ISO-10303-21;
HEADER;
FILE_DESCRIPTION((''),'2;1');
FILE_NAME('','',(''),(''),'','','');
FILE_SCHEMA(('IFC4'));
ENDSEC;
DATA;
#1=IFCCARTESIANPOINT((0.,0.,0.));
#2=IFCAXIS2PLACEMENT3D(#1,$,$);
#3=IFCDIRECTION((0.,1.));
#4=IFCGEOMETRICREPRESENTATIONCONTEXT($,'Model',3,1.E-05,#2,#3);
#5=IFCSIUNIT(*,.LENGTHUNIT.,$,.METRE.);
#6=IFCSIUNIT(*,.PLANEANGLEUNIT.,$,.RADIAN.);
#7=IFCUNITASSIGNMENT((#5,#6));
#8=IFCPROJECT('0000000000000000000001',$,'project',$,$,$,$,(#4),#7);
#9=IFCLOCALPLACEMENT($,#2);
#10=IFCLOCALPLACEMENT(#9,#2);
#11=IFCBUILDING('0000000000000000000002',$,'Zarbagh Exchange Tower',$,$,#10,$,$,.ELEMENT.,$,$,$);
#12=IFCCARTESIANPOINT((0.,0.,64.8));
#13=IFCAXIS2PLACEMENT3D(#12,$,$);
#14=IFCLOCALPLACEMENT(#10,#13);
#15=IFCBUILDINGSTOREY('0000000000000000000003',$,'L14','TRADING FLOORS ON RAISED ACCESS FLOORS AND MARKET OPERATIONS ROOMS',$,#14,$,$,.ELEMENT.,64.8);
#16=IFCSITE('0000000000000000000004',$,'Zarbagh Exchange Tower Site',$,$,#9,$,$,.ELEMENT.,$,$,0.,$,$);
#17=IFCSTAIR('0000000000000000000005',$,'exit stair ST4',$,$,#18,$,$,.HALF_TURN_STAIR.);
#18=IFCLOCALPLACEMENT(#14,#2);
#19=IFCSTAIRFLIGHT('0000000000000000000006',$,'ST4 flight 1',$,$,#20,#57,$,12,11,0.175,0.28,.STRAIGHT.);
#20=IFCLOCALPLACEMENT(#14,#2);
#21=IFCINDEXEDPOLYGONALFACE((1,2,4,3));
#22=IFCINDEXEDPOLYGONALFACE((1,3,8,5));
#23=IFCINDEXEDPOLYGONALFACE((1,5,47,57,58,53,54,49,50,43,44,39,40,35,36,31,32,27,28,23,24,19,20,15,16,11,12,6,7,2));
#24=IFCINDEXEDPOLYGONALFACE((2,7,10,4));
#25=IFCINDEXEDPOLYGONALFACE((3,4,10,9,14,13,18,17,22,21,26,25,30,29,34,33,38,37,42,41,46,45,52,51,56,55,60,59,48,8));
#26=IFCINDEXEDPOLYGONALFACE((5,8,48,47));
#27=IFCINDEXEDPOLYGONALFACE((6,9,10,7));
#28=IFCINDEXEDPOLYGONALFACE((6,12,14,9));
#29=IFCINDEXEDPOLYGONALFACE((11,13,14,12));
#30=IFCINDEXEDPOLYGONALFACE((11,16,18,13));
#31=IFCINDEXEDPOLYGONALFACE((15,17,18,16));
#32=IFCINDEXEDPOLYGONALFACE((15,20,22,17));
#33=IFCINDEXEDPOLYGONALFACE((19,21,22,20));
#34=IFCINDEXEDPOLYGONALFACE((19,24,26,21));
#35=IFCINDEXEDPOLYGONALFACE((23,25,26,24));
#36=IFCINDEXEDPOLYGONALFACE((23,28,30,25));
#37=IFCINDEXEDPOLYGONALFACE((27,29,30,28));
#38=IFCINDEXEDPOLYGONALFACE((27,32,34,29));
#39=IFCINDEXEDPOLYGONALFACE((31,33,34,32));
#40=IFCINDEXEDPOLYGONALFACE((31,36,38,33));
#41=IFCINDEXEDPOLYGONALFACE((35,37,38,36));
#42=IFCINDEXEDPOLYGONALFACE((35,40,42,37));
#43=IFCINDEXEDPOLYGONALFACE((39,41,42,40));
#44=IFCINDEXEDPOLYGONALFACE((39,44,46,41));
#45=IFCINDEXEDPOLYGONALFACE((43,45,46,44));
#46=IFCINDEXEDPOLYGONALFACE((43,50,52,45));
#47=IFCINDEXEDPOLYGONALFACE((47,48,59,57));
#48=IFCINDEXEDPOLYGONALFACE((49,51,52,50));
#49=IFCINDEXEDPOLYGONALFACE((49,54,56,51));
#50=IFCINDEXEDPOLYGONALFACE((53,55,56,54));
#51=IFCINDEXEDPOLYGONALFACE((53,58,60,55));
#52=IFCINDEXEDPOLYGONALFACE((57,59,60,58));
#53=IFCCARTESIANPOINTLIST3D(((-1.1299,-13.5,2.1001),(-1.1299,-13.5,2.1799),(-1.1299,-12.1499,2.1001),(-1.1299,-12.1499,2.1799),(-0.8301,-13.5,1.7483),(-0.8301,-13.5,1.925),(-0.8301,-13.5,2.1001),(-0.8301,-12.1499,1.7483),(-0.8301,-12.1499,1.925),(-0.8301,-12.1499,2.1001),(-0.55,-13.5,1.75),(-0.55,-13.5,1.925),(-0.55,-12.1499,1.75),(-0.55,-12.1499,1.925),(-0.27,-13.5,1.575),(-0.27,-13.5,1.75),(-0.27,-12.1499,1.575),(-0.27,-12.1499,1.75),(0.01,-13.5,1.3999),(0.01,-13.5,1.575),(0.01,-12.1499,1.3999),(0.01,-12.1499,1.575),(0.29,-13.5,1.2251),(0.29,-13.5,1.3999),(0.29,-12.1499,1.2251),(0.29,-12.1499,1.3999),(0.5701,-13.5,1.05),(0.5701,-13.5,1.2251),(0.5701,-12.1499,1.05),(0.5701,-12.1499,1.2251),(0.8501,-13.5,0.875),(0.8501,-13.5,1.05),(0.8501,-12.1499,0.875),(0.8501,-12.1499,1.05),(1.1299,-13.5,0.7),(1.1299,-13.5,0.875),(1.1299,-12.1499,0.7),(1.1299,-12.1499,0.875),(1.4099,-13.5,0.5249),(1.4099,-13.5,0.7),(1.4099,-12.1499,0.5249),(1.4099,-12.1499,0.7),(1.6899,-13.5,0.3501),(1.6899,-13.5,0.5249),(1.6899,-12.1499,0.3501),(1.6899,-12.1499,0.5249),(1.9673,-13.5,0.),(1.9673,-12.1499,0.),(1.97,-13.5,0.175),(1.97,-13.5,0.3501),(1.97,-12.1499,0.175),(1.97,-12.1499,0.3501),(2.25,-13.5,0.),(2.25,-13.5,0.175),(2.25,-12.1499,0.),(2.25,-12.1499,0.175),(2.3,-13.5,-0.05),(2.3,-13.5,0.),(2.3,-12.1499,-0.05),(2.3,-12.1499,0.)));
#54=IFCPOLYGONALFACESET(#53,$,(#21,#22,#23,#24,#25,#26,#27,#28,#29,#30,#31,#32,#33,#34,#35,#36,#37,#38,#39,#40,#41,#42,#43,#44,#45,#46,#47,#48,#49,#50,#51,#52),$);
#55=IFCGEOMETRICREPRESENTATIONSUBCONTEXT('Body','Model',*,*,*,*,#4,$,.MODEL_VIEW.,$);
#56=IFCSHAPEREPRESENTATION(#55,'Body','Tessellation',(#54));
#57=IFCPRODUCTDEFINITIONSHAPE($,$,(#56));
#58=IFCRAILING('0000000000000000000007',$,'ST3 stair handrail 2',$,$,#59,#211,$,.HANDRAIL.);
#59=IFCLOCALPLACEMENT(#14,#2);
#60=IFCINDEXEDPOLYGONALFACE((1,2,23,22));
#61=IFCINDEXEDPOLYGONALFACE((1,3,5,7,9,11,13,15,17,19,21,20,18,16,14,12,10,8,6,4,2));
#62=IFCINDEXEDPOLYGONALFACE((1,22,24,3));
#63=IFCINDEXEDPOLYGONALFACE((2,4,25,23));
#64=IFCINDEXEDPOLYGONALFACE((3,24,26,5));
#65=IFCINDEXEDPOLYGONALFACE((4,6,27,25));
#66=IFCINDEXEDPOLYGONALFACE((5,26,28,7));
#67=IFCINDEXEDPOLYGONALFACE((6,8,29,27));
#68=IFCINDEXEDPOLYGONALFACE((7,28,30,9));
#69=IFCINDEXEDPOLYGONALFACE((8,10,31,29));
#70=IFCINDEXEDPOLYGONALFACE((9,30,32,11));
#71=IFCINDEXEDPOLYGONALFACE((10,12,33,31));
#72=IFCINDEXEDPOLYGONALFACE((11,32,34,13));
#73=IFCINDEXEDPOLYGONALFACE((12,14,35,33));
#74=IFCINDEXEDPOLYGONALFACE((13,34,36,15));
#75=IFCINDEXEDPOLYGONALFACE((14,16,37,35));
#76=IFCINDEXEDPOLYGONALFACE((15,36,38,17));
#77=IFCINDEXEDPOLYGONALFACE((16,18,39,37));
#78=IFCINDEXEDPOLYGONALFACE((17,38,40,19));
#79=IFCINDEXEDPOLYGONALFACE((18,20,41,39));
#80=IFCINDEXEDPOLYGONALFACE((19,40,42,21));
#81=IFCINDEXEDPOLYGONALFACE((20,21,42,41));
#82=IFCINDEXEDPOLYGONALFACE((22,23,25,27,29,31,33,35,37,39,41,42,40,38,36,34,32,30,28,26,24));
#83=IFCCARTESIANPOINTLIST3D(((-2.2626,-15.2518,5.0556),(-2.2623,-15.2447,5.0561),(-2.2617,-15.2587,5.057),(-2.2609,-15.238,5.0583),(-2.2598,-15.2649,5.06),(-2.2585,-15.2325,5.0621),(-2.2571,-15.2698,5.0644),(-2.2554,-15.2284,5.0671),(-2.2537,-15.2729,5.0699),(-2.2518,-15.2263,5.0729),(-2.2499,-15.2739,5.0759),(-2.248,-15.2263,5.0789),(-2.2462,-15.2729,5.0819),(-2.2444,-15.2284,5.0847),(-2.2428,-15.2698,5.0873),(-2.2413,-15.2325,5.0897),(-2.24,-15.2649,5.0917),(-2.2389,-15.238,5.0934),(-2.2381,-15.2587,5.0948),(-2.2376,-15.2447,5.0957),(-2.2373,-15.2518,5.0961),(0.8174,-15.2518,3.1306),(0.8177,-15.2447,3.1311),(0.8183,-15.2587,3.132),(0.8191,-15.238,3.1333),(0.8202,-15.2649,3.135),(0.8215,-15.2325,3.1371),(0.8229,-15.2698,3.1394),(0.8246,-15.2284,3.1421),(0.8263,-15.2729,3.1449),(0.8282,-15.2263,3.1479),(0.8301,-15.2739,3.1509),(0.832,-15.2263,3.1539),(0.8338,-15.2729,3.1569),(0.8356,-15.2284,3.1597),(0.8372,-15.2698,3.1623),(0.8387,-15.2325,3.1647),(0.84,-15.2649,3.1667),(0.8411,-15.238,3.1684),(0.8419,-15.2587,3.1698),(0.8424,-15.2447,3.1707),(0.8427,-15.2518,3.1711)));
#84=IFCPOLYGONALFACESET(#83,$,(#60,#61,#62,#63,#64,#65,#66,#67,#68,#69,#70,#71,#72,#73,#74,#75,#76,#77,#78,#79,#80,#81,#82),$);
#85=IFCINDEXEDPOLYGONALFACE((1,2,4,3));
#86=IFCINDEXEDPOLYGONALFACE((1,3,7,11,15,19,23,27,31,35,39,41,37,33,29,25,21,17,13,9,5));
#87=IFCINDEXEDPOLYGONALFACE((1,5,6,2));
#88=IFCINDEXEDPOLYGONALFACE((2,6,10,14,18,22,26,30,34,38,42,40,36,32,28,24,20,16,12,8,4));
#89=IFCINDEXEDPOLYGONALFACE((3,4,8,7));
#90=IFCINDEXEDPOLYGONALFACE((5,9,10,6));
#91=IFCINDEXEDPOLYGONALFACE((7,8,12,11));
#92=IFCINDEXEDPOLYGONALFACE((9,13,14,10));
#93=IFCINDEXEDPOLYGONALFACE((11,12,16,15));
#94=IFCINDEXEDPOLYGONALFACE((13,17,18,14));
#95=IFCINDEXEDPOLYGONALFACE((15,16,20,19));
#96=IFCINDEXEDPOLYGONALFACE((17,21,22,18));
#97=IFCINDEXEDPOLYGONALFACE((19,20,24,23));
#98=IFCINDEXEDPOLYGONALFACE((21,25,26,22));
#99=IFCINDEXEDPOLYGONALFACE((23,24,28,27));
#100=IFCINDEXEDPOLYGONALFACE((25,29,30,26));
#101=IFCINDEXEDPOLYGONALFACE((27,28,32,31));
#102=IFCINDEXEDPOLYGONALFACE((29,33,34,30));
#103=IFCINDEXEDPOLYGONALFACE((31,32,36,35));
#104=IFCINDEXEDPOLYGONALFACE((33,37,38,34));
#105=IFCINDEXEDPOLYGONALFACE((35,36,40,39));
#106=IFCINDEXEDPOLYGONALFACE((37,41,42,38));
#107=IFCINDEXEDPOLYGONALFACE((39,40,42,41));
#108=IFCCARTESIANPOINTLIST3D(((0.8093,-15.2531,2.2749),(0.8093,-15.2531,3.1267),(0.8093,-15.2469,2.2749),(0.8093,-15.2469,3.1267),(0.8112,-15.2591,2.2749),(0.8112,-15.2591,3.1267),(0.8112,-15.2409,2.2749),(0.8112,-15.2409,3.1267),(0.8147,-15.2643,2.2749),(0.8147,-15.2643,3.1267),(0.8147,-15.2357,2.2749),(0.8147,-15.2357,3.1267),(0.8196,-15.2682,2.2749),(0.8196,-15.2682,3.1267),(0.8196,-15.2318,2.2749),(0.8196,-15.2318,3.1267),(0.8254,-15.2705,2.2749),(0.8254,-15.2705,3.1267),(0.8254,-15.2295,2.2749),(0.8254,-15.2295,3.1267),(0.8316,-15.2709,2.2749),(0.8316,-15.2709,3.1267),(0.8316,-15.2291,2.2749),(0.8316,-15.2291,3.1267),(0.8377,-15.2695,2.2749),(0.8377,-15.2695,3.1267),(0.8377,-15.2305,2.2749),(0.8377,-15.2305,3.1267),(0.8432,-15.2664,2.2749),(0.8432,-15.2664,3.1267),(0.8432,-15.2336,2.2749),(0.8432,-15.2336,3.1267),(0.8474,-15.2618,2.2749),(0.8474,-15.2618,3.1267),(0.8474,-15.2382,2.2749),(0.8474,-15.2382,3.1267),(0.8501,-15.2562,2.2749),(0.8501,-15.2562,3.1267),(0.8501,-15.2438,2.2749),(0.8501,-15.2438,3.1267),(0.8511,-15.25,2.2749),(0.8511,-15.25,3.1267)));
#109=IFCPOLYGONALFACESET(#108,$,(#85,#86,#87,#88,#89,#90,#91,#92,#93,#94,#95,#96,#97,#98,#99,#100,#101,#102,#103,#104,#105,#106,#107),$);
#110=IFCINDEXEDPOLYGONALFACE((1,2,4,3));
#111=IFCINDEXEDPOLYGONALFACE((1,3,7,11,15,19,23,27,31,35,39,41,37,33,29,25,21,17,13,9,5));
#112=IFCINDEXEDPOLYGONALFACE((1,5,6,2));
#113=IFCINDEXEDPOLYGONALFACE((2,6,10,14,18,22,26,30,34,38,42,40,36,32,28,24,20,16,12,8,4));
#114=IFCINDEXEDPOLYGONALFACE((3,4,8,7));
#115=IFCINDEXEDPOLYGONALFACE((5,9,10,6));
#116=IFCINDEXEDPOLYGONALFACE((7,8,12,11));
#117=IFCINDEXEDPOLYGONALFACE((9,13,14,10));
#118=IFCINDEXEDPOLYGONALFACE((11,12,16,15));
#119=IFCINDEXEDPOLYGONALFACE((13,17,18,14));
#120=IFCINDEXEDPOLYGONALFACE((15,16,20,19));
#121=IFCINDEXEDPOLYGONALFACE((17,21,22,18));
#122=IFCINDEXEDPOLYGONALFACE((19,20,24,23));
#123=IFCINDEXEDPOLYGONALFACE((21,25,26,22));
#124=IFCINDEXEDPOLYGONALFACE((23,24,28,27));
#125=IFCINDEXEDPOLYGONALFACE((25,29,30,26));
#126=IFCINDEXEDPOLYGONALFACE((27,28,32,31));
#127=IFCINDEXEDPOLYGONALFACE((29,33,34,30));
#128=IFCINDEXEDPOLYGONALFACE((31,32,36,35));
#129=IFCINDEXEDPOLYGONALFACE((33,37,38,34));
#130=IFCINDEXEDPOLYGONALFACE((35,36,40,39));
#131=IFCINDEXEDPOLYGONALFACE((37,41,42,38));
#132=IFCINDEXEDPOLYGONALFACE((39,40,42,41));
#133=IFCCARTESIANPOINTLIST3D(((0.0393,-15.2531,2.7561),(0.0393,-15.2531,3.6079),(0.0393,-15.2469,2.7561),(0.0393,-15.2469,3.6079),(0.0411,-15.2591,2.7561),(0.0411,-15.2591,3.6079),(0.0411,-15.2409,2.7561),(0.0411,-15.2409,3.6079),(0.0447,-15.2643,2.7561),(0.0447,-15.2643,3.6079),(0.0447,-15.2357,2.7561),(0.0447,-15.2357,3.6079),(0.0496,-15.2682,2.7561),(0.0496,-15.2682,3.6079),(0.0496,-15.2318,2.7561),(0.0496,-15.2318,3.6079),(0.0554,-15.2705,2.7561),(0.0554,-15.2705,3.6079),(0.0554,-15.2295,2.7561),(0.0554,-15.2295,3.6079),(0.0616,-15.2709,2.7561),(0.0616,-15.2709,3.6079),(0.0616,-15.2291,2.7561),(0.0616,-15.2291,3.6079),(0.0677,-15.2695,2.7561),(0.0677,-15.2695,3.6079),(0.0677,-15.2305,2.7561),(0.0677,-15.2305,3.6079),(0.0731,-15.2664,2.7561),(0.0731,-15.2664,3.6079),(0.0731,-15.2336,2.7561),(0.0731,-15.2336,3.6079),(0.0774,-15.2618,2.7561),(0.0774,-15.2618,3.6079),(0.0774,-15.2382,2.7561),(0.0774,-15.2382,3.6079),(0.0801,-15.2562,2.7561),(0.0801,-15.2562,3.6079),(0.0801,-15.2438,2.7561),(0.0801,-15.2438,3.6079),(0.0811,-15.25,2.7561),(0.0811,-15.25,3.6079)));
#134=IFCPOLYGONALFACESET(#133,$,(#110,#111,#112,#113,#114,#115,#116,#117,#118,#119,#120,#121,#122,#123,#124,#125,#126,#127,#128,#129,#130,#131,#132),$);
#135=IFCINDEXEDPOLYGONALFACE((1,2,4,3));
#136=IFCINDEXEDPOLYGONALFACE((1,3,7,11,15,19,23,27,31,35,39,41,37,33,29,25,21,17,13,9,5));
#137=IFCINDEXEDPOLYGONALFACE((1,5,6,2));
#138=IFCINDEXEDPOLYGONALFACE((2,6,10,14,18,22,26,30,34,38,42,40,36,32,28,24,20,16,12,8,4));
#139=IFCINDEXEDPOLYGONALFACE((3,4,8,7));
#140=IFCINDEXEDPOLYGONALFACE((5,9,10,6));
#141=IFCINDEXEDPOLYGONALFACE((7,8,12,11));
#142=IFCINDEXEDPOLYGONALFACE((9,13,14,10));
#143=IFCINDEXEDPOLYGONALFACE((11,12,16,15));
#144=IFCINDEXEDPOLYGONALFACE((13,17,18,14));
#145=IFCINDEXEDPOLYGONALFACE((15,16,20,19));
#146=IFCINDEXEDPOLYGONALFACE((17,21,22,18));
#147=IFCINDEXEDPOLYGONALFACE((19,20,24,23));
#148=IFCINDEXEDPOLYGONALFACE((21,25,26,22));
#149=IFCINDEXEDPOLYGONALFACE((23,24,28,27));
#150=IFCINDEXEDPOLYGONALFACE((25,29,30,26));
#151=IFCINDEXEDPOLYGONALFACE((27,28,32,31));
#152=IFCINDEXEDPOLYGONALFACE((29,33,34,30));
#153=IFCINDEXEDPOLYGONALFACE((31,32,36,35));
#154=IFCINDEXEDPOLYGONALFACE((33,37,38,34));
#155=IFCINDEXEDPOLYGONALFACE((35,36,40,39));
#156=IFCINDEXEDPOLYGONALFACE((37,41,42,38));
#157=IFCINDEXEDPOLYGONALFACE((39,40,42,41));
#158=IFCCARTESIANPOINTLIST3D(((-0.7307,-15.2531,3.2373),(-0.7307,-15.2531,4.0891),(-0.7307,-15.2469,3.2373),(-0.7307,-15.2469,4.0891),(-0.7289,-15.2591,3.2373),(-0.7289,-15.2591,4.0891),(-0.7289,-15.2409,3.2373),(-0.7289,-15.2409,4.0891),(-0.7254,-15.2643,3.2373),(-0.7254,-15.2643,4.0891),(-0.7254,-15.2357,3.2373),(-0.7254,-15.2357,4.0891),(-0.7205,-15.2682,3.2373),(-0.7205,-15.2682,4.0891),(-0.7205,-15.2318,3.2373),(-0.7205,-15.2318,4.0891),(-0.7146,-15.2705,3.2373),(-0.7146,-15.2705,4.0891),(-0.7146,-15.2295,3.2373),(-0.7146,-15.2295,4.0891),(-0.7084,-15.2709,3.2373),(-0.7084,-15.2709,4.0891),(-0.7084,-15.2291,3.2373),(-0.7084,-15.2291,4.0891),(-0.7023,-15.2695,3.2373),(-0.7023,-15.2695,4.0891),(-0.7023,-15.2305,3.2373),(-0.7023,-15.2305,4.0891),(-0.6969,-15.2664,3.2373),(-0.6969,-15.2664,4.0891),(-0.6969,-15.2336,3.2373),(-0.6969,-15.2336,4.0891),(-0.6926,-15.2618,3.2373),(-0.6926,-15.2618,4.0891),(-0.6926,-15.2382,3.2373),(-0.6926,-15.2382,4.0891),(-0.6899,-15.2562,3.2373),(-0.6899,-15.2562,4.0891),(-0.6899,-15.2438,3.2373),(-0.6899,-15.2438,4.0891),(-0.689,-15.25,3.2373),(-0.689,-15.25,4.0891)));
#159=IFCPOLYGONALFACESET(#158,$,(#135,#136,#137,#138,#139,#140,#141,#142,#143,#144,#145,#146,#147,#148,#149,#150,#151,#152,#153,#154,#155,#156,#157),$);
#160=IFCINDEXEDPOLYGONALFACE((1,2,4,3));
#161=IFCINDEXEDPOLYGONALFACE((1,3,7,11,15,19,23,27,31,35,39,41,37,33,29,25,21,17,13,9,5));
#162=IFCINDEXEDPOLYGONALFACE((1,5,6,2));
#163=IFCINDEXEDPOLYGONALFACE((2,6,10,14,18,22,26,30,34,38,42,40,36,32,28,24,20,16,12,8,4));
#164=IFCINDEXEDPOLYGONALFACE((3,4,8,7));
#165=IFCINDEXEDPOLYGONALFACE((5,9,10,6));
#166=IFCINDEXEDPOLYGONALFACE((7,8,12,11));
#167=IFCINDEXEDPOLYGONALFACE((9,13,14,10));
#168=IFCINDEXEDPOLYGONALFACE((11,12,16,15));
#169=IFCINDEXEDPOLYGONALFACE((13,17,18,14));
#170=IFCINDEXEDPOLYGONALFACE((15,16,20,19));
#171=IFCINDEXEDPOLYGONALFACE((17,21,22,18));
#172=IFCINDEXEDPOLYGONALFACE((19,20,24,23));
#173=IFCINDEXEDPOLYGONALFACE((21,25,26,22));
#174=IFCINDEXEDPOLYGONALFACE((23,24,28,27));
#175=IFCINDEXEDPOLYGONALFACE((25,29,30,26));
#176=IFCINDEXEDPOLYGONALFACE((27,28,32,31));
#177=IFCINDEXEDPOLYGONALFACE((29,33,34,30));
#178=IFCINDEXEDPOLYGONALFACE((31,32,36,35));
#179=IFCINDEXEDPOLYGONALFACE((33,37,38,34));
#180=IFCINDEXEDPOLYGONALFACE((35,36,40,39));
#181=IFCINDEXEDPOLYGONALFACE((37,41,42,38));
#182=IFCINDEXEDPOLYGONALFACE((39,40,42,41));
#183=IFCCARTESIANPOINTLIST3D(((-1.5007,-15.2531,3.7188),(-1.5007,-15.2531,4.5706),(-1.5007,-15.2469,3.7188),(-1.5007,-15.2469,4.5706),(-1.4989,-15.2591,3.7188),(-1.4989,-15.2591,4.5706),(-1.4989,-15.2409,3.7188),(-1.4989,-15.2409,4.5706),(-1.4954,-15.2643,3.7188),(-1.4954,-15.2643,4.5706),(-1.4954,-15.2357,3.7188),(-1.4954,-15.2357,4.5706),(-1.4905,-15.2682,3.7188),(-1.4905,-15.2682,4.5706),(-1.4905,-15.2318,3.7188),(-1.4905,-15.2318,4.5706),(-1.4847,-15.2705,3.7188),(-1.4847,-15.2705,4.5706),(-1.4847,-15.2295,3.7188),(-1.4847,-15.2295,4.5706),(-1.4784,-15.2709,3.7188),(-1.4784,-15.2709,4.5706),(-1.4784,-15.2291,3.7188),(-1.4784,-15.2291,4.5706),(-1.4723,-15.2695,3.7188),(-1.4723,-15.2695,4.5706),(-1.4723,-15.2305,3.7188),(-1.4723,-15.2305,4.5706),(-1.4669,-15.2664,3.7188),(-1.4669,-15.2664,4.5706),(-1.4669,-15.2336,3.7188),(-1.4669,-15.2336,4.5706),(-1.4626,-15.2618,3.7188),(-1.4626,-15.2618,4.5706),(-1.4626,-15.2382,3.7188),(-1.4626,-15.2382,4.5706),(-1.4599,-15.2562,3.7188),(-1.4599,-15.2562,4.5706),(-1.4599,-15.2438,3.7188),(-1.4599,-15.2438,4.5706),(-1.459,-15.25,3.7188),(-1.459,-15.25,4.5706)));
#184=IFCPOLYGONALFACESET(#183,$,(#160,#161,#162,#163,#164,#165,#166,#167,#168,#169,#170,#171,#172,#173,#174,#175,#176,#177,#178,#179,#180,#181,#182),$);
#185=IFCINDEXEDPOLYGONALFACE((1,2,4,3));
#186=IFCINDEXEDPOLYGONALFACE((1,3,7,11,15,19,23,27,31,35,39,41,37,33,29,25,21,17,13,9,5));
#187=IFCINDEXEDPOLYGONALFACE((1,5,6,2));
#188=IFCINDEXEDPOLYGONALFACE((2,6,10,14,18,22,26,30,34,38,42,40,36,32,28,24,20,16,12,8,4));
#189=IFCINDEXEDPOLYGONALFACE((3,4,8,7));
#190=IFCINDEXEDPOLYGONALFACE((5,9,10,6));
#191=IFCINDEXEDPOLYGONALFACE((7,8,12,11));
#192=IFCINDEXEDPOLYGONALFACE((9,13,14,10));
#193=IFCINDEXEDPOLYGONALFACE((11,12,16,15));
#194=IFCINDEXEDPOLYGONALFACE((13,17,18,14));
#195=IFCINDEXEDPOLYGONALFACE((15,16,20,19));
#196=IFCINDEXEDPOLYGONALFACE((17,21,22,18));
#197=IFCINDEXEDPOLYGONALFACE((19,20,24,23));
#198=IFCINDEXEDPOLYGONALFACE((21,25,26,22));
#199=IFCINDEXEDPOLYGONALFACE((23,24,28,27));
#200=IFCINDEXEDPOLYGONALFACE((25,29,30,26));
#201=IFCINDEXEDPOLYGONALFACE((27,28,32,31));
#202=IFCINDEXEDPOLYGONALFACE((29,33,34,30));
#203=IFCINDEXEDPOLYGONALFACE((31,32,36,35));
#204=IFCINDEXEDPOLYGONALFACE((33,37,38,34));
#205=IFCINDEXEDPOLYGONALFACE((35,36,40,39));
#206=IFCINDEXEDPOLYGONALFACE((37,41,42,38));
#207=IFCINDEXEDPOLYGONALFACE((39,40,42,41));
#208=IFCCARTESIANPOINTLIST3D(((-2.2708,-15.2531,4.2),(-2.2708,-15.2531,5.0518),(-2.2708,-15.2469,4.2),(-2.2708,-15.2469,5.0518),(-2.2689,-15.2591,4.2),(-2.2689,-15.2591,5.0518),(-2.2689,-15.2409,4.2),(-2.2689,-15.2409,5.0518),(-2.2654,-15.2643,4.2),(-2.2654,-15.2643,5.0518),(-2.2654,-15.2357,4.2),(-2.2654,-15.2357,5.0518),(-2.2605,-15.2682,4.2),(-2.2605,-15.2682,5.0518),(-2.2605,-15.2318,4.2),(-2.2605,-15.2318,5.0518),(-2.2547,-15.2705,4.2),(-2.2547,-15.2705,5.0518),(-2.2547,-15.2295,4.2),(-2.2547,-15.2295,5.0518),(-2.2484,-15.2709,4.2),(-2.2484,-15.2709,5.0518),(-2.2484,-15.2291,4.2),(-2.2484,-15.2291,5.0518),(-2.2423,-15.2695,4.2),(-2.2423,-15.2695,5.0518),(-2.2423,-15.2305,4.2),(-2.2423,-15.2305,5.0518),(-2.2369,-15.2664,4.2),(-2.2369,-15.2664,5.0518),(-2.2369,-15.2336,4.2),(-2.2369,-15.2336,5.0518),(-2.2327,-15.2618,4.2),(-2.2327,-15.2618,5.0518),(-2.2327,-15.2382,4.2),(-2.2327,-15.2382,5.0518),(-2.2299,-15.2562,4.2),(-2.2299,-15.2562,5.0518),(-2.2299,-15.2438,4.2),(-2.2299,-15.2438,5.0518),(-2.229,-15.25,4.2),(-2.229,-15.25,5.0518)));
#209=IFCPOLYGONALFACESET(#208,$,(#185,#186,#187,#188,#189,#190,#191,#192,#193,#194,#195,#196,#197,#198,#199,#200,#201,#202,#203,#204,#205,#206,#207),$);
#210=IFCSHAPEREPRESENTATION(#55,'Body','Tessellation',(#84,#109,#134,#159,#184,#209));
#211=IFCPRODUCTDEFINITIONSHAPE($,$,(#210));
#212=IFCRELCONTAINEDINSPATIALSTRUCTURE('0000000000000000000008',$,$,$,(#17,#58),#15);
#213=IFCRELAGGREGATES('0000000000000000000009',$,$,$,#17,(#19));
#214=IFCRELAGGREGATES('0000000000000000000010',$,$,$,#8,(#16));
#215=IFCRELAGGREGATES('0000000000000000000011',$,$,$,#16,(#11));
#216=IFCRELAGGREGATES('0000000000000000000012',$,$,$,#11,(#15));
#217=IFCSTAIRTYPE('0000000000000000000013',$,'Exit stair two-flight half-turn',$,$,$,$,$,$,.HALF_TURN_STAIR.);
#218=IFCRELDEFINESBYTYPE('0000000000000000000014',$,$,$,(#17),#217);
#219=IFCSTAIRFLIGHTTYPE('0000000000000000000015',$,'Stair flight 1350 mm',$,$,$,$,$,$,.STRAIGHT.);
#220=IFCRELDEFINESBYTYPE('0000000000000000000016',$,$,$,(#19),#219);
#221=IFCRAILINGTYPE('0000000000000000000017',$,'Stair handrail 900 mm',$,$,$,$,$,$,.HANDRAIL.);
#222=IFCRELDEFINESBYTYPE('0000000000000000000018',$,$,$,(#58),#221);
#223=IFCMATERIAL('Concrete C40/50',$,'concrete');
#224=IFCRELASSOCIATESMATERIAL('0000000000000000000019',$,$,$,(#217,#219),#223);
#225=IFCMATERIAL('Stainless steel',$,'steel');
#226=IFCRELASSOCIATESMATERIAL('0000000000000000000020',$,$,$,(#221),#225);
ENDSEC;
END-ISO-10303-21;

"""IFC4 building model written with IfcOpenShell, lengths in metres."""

from ifc_helpers import new_model, si_unit, direction, frame, origin, origin_2d, place, context, subcontext, project, spatial, polyline, circle, outline, extrude, material, type_object, element, aggregate, save


model = new_model("IFC4")

# Units and contexts
model_context = context("Model", 3, precision=1e-05, world=origin(), true_north=direction((0.0, 1.0)))
body_context = subcontext(model_context, "Body", "Model", "MODEL_VIEW")
ifc_project = project(units=[si_unit("LENGTHUNIT", "METRE"), si_unit("PLANEANGLEUNIT", "RADIAN")], contexts=[model_context])

# Site, building, storey
site_placement = place(None, origin())
site = spatial("IfcSite", under=ifc_project, at=site_placement, Name="Zarbagh Exchange Tower Site", CompositionType="ELEMENT", RefElevation=0.0)
building_placement = place(site_placement, origin())
building = spatial("IfcBuilding", under=site, at=building_placement, Name="Zarbagh Exchange Tower", CompositionType="ELEMENT")
storey_placement = place(building_placement, frame((0.0, 0.0, 64.8)))
storey = spatial("IfcBuildingStorey", under=building, at=storey_placement, Name="L14", Description="TRADING FLOORS ON RAISED ACCESS FLOORS AND MARKET OPERATIONS ROOMS", CompositionType="ELEMENT", Elevation=64.8)

# Stair, stair flight
ifc_material_1 = material(Name="Concrete C40/50", Category="concrete")
stair_type = type_object("IfcStairType", Name="Exit stair two-flight half-turn", PredefinedType="HALF_TURN_STAIR", material=ifc_material_1)
stair_flight_type = type_object("IfcStairFlightType", Name="Stair flight 1350 mm", PredefinedType="STRAIGHT", material=ifc_material_1)
stair_1_placement = place(storey_placement, origin())
stair_1 = element("IfcStair", 1, at=stair_1_placement, inside=storey, type_object=stair_type, Name="exit stair ST4", PredefinedType="HALF_TURN_STAIR")
stair_flight_1_placement = place(storey_placement, frame((2.25, -12.825, 0.0), z_axis=(0.0, 0.0, 1.0), x_axis=(-1.0, 0.0, 0.0)))
stair_flight_1 = element("IfcStairFlight", 2, at=stair_flight_1_placement, type_object=stair_flight_type, Name="ST4 flight 1", NumberOfRisers=12, NumberOfTreads=11, PredefinedType="STRAIGHT", RiserHeight=0.175, TreadLength=0.28, context=body_context, shape_type="SweptSolid", body=[
    extrude(outline(polyline([(-0.05, -0.05), (-0.05, 0.0), (0.0, 0.0), (0.0, 0.175), (0.28, 0.175), (0.28, 0.3501), (0.5601, 0.3501), (0.5601, 0.5249), (0.8401, 0.5249), (0.8401, 0.7), (1.1201, 0.7), (1.1201, 0.875), (1.3999, 0.875), (1.3999, 1.05), (1.6799, 1.05), (1.6799, 1.2251), (1.96, 1.2251), (1.96, 1.3999), (2.24, 1.3999), (2.24, 1.575), (2.52, 1.575), (2.52, 1.75), (2.8, 1.75), (2.8, 1.925), (3.0801, 1.925), (3.0801, 2.1001), (3.3799, 2.1799), (3.3799, 2.1001), (3.0801, 1.7483), (0.2827, 0.0), (-0.05, -0.05)])), frame((0.0, 0.675, 0.0), z_axis=(0.0, -1.0, 0.0), x_axis=(1.0, 0.0, 0.0)), (0.0, 0.0, 1.0), 1.3501),
])
aggregate(stair_1, [stair_flight_1])

# Railing
ifc_material_2 = material(Name="Stainless steel", Category="steel")
railing_type_1 = type_object("IfcRailingType", Name="Stair handrail 900 mm", PredefinedType="HANDRAIL", material=ifc_material_2)
railing_1_placement = place(storey_placement, frame((0.8301, -15.25, 2.2749)))
element("IfcRailing", 3, at=railing_1_placement, inside=storey, type_object=railing_type_1, Name="ST3 stair handrail 2", PredefinedType="HANDRAIL", context=body_context, shape_type="SweptSolid", body=[
    extrude(circle(Radius=0.0239, at=origin_2d()), frame((0.0, 0.0, 0.876), z_axis=(-0.847998, 0.0, 0.529999), x_axis=(0.0, -1.0, 0.0)), (0.0, 0.0, 1.0), 3.6321),
    extrude(circle(Radius=0.021, at=origin_2d()), origin(), (0.0, 0.0, 1.0), 0.8518),
    extrude(circle(Radius=0.021, at=origin_2d()), frame((-0.77, 0.0, 0.4812)), (0.0, 0.0, 1.0), 0.8518),
    extrude(circle(Radius=0.021, at=origin_2d()), frame((-1.54, 0.0, 0.9624)), (0.0, 0.0, 1.0), 0.8518),
    extrude(circle(Radius=0.021, at=origin_2d()), frame((-2.3101, 0.0, 1.4438)), (0.0, 0.0, 1.0), 0.8518),
    extrude(circle(Radius=0.021, at=origin_2d()), frame((-3.0801, 0.0, 1.925)), (0.0, 0.0, 1.0), 0.8518),
])

save(model, "model.ifc")
